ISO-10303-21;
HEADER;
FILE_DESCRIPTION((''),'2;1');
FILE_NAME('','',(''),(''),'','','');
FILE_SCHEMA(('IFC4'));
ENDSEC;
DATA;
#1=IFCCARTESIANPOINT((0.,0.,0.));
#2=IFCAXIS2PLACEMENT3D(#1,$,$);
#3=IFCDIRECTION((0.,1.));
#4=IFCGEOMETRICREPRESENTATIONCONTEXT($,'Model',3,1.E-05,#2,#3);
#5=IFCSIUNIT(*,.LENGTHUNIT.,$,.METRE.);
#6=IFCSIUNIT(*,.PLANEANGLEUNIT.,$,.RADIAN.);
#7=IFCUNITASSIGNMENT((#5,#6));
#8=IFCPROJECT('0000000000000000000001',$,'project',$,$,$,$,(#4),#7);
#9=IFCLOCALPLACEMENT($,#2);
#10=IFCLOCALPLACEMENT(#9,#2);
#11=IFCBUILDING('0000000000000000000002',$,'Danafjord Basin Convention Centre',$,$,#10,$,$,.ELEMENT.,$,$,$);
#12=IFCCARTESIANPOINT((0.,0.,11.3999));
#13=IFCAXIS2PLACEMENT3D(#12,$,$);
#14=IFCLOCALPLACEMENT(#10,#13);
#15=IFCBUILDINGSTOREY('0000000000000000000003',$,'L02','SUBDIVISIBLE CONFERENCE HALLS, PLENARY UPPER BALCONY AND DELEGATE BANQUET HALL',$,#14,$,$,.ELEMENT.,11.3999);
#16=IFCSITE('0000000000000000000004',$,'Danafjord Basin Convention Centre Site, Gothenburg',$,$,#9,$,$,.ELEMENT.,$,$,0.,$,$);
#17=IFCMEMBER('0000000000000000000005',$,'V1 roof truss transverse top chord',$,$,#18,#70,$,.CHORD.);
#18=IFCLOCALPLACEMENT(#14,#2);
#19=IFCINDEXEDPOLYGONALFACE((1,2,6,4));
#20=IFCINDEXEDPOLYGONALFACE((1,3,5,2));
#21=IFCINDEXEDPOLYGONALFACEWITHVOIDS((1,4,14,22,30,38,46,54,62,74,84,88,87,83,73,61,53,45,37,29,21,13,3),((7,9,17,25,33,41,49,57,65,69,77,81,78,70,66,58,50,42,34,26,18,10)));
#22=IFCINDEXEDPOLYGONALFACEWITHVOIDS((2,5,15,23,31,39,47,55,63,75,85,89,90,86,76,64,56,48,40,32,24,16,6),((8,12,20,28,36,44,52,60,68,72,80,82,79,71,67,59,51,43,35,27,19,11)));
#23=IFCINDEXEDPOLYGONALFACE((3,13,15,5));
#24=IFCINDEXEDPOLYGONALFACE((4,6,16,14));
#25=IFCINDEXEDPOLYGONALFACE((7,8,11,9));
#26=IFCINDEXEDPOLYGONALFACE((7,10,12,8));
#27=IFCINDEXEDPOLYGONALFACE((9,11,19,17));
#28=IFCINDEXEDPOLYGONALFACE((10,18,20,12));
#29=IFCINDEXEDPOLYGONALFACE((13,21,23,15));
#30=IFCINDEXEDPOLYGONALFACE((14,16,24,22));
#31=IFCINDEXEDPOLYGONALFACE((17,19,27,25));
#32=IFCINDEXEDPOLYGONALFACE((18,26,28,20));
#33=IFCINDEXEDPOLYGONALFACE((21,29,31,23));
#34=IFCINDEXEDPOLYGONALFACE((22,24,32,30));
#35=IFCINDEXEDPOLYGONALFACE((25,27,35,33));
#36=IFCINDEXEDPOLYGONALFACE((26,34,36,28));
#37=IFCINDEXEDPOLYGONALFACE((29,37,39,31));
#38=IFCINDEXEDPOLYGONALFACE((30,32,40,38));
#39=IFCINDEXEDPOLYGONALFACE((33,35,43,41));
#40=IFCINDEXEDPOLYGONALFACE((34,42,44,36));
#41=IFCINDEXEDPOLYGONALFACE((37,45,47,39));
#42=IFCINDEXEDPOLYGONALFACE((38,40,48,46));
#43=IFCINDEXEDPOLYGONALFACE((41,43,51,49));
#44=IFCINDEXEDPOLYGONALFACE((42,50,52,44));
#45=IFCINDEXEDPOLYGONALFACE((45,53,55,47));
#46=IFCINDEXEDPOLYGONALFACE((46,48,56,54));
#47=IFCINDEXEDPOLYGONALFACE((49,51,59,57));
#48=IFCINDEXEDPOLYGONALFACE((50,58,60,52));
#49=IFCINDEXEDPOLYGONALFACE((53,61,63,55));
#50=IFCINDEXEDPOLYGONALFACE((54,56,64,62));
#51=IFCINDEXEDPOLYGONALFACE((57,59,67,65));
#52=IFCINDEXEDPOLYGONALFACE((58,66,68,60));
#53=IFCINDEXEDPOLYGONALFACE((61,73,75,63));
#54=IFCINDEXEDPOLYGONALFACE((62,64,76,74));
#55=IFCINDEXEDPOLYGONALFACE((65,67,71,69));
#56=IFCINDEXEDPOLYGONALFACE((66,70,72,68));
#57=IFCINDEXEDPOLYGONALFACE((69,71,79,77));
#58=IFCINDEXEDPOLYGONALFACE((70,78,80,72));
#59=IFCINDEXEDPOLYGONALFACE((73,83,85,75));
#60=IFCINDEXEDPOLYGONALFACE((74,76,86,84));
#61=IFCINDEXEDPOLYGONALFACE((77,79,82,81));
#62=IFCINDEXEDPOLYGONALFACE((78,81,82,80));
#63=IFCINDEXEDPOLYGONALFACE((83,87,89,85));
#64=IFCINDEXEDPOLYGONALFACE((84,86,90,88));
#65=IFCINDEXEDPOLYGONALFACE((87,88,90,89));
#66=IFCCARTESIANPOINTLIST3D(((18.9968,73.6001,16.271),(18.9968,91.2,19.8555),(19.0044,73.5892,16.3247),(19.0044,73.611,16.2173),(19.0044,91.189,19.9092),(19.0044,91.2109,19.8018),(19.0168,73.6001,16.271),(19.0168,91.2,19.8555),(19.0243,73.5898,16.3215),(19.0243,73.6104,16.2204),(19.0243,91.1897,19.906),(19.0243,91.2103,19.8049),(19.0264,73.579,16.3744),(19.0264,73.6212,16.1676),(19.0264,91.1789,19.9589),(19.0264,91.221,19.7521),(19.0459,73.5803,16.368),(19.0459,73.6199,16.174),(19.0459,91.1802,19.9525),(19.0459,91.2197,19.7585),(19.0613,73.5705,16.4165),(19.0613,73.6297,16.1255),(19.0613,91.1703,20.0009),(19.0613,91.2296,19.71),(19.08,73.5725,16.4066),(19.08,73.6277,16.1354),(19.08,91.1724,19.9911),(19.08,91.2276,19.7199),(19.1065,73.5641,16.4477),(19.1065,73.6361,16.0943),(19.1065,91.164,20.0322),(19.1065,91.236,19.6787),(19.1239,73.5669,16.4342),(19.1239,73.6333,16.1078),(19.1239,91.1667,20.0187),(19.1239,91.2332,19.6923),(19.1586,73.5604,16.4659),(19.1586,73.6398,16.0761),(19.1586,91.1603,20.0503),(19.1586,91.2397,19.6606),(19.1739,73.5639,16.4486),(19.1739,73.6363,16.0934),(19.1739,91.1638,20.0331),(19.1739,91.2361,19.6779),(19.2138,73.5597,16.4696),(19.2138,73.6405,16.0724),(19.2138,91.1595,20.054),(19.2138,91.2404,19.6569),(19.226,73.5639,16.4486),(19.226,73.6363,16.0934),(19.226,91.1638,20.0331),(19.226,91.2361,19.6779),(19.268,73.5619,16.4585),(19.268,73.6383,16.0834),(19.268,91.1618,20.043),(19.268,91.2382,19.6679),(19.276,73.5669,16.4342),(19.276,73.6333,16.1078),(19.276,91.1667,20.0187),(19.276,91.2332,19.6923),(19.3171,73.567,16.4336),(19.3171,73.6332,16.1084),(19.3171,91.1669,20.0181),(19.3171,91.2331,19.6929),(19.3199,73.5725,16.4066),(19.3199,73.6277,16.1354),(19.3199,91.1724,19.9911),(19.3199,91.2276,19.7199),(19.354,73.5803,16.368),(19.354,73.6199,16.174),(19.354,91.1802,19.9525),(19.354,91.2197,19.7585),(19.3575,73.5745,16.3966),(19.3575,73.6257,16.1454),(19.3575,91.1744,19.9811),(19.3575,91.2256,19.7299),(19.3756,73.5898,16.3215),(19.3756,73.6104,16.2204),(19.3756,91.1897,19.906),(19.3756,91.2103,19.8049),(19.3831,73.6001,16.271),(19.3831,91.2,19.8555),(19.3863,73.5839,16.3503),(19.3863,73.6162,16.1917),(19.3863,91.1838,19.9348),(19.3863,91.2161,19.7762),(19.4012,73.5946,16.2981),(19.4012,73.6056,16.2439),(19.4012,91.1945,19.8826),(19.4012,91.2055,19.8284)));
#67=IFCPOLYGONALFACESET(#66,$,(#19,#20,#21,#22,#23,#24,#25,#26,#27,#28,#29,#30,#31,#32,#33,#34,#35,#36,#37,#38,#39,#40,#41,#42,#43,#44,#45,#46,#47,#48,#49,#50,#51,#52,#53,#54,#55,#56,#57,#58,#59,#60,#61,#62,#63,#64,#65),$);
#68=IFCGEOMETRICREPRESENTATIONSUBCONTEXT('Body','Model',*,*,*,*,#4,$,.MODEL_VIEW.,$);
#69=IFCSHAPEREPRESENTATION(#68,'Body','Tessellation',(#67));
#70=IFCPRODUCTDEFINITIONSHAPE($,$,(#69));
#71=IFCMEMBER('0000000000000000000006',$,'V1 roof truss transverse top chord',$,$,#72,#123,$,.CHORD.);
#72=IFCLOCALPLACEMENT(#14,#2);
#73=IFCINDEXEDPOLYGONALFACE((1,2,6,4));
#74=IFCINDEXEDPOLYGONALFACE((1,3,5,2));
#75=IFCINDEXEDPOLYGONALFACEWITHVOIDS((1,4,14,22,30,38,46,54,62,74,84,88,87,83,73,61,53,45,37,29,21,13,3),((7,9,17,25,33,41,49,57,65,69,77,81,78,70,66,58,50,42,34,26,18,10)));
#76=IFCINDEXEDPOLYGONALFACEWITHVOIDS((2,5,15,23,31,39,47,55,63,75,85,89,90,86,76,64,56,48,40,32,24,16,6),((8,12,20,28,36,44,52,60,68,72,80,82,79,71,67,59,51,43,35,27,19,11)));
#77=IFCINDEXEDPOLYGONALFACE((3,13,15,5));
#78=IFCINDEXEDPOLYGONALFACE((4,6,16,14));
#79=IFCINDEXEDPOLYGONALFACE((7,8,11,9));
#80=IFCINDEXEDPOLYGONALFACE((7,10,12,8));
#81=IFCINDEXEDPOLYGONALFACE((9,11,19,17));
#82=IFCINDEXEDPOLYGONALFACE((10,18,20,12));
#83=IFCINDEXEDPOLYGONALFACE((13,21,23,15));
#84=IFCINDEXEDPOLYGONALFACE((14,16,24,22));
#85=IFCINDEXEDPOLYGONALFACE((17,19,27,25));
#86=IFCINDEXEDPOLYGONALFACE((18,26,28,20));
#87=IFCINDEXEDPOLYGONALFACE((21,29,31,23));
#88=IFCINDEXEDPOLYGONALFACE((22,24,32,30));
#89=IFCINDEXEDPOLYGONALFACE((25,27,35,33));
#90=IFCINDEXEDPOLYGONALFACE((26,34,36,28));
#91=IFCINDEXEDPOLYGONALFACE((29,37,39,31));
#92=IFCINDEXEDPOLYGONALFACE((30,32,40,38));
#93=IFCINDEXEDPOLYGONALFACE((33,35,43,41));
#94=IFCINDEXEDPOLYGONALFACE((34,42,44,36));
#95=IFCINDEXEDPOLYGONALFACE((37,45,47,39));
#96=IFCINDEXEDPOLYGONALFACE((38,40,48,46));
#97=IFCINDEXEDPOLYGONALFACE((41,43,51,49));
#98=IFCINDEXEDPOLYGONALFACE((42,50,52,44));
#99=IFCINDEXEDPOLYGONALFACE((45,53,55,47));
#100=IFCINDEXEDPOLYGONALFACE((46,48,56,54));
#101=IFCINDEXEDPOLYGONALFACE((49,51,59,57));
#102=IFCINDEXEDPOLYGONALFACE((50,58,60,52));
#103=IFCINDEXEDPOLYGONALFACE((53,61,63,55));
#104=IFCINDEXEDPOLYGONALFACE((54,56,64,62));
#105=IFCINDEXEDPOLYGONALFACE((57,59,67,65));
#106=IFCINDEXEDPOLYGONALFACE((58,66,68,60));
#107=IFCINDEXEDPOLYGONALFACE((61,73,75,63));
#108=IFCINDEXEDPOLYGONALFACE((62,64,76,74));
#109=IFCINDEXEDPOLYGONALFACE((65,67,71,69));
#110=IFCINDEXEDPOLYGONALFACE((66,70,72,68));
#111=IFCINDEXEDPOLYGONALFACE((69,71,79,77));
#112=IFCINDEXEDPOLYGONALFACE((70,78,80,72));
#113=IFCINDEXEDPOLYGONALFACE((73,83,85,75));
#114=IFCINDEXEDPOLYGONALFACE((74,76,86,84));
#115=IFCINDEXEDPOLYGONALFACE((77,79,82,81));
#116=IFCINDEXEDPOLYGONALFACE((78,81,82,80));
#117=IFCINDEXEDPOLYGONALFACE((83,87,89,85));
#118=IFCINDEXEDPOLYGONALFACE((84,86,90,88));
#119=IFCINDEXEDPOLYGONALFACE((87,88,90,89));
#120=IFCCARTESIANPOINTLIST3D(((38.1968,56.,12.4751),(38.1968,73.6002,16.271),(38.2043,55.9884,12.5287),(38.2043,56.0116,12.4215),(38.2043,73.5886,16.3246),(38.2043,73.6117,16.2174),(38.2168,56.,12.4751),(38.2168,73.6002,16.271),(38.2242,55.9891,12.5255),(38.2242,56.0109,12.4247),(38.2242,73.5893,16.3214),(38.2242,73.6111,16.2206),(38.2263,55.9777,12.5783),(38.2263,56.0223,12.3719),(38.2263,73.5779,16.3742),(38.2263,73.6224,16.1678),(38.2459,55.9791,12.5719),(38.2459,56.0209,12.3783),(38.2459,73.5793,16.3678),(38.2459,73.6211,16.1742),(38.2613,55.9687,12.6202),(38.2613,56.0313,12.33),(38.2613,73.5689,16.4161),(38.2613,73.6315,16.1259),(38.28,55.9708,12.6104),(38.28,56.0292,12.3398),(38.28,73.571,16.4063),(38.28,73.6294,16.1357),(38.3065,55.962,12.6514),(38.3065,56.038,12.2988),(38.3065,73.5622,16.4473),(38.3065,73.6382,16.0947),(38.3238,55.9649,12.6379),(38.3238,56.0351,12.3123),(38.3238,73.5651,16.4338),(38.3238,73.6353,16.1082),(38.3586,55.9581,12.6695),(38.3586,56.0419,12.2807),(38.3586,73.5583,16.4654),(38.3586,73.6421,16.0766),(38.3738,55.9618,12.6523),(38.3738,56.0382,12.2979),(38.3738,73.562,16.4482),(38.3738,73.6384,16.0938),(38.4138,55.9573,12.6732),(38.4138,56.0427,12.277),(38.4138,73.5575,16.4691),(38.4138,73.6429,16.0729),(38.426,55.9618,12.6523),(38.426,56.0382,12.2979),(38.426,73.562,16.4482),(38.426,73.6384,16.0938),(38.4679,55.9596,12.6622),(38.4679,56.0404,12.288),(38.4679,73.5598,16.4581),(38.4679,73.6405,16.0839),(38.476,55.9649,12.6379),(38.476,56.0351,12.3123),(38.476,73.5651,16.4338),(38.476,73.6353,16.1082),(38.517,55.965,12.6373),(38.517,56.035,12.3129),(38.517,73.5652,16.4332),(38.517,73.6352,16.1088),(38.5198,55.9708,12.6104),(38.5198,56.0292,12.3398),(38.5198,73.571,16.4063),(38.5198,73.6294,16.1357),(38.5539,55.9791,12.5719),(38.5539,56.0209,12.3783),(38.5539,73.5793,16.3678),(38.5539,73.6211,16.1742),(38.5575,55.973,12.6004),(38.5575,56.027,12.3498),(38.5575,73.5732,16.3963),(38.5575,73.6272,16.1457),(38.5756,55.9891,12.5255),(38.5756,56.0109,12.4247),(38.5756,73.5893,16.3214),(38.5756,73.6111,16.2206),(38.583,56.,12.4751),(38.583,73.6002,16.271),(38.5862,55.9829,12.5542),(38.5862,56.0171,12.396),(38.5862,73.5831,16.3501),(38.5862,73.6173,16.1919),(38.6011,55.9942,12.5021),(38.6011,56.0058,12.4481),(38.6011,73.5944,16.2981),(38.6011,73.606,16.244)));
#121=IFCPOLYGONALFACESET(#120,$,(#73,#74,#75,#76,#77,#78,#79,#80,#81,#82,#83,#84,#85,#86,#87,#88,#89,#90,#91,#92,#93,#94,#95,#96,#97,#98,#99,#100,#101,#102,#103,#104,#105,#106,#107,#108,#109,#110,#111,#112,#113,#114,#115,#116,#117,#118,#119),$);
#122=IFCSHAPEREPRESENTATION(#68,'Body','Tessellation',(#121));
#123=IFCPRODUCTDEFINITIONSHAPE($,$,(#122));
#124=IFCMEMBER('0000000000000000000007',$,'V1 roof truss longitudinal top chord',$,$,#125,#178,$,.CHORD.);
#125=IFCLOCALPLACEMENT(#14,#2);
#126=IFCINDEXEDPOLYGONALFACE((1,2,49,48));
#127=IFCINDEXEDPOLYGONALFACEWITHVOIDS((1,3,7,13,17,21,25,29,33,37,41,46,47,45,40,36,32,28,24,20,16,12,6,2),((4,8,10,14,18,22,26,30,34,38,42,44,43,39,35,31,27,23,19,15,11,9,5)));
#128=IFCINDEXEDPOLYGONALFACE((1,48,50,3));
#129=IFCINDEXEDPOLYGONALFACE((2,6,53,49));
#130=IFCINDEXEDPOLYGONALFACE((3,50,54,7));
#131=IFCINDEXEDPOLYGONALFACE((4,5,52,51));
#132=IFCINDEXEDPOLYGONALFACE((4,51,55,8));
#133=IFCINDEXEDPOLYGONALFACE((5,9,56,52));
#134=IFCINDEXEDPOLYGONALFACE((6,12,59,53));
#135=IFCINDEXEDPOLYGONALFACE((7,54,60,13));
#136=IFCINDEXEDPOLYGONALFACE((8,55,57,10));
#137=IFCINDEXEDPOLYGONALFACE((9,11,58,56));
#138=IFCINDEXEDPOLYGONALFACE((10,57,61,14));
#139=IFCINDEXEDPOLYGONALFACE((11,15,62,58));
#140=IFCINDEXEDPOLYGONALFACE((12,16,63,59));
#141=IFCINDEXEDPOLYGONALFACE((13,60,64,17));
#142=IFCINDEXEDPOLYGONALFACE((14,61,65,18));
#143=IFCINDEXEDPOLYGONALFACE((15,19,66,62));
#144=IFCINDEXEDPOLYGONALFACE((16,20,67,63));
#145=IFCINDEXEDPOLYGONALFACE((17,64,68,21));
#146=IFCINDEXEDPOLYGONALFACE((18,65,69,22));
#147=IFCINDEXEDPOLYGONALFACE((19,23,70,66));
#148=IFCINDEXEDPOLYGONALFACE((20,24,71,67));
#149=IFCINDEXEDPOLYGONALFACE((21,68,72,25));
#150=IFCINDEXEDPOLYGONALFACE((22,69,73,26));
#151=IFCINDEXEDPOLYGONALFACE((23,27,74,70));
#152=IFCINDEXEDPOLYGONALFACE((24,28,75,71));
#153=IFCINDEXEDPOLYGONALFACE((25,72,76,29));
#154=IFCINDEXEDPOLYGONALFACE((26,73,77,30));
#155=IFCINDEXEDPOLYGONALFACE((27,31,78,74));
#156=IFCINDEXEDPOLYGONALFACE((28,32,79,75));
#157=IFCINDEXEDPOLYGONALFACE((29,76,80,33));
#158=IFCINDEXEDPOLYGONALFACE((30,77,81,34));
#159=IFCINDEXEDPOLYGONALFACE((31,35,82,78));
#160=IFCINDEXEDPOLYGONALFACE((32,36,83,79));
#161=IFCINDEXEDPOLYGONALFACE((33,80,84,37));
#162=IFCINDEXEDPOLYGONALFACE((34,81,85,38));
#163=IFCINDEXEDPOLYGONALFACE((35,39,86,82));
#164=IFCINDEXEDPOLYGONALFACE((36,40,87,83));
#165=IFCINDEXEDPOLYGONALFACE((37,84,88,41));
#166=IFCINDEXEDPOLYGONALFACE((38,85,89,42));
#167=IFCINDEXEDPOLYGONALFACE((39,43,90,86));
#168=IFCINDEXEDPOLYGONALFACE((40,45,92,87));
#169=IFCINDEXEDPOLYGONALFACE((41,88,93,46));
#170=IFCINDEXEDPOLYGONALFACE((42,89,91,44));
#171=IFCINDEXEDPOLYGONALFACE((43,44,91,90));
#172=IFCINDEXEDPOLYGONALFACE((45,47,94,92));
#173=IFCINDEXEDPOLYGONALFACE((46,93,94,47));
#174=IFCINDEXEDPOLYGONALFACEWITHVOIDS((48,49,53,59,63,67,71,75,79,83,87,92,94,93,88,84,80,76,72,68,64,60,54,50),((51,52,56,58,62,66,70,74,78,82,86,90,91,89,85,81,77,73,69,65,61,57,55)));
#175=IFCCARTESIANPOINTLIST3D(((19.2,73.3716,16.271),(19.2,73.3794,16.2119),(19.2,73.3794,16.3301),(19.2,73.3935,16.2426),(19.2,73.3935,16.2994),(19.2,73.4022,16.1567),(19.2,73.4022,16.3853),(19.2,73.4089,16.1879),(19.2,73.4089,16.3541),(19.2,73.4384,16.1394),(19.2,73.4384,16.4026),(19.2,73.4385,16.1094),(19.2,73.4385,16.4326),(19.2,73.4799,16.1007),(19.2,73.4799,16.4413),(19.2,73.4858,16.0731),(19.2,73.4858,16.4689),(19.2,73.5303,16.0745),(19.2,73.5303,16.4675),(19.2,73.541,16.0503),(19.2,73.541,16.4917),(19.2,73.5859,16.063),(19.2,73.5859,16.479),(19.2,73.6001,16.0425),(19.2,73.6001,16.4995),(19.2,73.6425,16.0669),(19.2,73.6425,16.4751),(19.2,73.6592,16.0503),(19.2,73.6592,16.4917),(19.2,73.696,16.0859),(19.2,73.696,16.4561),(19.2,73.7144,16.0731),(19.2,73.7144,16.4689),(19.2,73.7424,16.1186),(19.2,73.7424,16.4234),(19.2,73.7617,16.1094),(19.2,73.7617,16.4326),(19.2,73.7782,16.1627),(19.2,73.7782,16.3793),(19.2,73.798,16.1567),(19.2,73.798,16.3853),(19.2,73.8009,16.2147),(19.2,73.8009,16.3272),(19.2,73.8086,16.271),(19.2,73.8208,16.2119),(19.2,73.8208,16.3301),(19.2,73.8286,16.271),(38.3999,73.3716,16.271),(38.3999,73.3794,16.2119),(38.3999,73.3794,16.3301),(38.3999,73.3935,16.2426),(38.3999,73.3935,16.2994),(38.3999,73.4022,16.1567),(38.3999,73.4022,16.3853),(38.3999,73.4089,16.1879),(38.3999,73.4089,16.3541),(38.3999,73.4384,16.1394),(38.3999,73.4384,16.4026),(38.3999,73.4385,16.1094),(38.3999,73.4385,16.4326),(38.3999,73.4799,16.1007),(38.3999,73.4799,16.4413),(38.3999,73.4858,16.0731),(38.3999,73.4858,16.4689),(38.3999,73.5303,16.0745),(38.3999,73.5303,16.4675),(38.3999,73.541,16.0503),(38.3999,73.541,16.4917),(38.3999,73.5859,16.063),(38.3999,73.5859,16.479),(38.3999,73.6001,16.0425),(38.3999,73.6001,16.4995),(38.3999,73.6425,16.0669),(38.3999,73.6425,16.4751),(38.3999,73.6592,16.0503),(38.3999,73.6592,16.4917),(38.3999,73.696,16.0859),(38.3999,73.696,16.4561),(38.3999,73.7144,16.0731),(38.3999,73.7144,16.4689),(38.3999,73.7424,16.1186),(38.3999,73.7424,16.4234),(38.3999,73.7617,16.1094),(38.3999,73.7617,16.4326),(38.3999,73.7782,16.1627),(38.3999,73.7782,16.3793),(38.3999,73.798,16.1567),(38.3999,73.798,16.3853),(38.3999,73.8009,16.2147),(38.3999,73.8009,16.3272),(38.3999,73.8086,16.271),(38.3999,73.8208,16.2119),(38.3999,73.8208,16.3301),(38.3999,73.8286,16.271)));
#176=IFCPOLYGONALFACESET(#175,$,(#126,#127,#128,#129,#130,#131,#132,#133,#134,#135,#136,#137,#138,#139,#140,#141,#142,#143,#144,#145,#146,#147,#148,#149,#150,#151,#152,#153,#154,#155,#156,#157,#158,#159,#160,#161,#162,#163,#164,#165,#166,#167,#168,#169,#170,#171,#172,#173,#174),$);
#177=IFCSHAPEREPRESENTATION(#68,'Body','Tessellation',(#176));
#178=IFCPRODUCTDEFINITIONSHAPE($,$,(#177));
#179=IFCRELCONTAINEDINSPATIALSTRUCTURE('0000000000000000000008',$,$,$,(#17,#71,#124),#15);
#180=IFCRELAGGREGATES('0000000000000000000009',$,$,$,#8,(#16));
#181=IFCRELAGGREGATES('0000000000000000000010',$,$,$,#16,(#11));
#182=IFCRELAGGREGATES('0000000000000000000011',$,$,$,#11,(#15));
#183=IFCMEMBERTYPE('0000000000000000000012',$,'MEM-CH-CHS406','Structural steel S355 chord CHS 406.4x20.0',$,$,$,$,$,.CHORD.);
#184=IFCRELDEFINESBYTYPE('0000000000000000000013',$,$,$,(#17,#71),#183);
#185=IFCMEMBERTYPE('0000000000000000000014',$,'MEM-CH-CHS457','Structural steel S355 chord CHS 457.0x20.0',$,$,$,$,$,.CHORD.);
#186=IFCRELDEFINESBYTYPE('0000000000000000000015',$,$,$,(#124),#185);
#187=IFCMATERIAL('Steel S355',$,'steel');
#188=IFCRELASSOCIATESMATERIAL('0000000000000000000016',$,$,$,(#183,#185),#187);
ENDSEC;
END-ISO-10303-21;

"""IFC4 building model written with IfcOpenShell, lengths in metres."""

from ifc_helpers import new_model, si_unit, direction, frame, origin, origin_2d, place, context, subcontext, project, spatial, hollow_circle, extrude, material, material_profile, profile_set, type_object, element, save


model = new_model("IFC4")

# Units and contexts
model_context = context("Model", 3, precision=1e-05, world=origin(), true_north=direction((0.0, 1.0)))
body_context = subcontext(model_context, "Body", "Model", "MODEL_VIEW")
ifc_project = project(units=[si_unit("LENGTHUNIT", "METRE"), si_unit("PLANEANGLEUNIT", "RADIAN")], contexts=[model_context])

# Site, building, storey
site_placement = place(None, origin())
site = spatial("IfcSite", under=ifc_project, at=site_placement, Name="Danafjord Basin Convention Centre Site, Gothenburg", CompositionType="ELEMENT", RefElevation=0.0)
building_placement = place(site_placement, origin())
building = spatial("IfcBuilding", under=site, at=building_placement, Name="Danafjord Basin Convention Centre", CompositionType="ELEMENT")
storey_placement = place(building_placement, frame((0.0, 0.0, 11.3999)))
storey = spatial("IfcBuildingStorey", under=building, at=storey_placement, Name="L02", Description="SUBDIVISIBLE CONFERENCE HALLS, PLENARY UPPER BALCONY AND DELEGATE BANQUET HALL", CompositionType="ELEMENT", Elevation=11.3999)

# Shared definitions
ifc_material_1 = material(Name="Steel S355", Category="steel")

# Members
ifc_material_profile_1 = material_profile(ifc_material_1, hollow_circle(Radius=0.2031, WallThickness=0.02, at=origin_2d()), Name="CHS 406.4x20.0")
ifc_profile_set_1 = profile_set([ifc_material_profile_1], Name="Steel S355")
member_type_1 = type_object("IfcMemberType", Name="MEM-CH-CHS406", Description="Structural steel S355 chord CHS 406.4x20.0", PredefinedType="CHORD", material=ifc_profile_set_1)
member_1_placement = place(storey_placement, frame((19.2, 73.6001, 16.271), z_axis=(0.0, 0.979884, 0.199568), x_axis=(-1.0, 0.0, 0.0)))
element("IfcMember", 1, at=member_1_placement, inside=storey, type_object=member_type_1, Name="V1 roof truss transverse top chord", PredefinedType="CHORD", context=body_context, shape_type="SweptSolid", body=[
    extrude(hollow_circle(Radius=0.2031, WallThickness=0.02, at=origin_2d()), origin(), (0.0, 0.0, 1.0), 17.9612),
])
member_2_placement = place(storey_placement, frame((38.3999, 56.0, 12.4751), z_axis=(0.0, 0.977523, 0.210827), x_axis=(-1.0, 0.0, 0.0)))
element("IfcMember", 2, at=member_2_placement, inside=storey, type_object=member_type_1, Name="V1 roof truss transverse top chord", PredefinedType="CHORD", context=body_context, shape_type="SweptSolid", body=[
    extrude(hollow_circle(Radius=0.2031, WallThickness=0.02, at=origin_2d()), origin(), (0.0, 0.0, 1.0), 18.0049),
])
ifc_material_profile_2 = material_profile(ifc_material_1, hollow_circle(Radius=0.2285, WallThickness=0.02, at=origin_2d()), Name="CHS 457.0x20.0")
ifc_profile_set_2 = profile_set([ifc_material_profile_2], Name="Steel S355")
member_type_2 = type_object("IfcMemberType", Name="MEM-CH-CHS457", Description="Structural steel S355 chord CHS 457.0x20.0", PredefinedType="CHORD", material=ifc_profile_set_2)
member_3_placement = place(storey_placement, frame((19.2, 73.6001, 16.271), z_axis=(1.0, 0.0, 0.0), x_axis=(0.0, 1.0, 0.0)))
element("IfcMember", 3, at=member_3_placement, inside=storey, type_object=member_type_2, Name="V1 roof truss longitudinal top chord", PredefinedType="CHORD", context=body_context, shape_type="SweptSolid", body=[
    extrude(hollow_circle(Radius=0.2285, WallThickness=0.02, at=origin_2d()), origin(), (0.0, 0.0, 1.0), 19.2),
])

save(model, "model.ifc")
